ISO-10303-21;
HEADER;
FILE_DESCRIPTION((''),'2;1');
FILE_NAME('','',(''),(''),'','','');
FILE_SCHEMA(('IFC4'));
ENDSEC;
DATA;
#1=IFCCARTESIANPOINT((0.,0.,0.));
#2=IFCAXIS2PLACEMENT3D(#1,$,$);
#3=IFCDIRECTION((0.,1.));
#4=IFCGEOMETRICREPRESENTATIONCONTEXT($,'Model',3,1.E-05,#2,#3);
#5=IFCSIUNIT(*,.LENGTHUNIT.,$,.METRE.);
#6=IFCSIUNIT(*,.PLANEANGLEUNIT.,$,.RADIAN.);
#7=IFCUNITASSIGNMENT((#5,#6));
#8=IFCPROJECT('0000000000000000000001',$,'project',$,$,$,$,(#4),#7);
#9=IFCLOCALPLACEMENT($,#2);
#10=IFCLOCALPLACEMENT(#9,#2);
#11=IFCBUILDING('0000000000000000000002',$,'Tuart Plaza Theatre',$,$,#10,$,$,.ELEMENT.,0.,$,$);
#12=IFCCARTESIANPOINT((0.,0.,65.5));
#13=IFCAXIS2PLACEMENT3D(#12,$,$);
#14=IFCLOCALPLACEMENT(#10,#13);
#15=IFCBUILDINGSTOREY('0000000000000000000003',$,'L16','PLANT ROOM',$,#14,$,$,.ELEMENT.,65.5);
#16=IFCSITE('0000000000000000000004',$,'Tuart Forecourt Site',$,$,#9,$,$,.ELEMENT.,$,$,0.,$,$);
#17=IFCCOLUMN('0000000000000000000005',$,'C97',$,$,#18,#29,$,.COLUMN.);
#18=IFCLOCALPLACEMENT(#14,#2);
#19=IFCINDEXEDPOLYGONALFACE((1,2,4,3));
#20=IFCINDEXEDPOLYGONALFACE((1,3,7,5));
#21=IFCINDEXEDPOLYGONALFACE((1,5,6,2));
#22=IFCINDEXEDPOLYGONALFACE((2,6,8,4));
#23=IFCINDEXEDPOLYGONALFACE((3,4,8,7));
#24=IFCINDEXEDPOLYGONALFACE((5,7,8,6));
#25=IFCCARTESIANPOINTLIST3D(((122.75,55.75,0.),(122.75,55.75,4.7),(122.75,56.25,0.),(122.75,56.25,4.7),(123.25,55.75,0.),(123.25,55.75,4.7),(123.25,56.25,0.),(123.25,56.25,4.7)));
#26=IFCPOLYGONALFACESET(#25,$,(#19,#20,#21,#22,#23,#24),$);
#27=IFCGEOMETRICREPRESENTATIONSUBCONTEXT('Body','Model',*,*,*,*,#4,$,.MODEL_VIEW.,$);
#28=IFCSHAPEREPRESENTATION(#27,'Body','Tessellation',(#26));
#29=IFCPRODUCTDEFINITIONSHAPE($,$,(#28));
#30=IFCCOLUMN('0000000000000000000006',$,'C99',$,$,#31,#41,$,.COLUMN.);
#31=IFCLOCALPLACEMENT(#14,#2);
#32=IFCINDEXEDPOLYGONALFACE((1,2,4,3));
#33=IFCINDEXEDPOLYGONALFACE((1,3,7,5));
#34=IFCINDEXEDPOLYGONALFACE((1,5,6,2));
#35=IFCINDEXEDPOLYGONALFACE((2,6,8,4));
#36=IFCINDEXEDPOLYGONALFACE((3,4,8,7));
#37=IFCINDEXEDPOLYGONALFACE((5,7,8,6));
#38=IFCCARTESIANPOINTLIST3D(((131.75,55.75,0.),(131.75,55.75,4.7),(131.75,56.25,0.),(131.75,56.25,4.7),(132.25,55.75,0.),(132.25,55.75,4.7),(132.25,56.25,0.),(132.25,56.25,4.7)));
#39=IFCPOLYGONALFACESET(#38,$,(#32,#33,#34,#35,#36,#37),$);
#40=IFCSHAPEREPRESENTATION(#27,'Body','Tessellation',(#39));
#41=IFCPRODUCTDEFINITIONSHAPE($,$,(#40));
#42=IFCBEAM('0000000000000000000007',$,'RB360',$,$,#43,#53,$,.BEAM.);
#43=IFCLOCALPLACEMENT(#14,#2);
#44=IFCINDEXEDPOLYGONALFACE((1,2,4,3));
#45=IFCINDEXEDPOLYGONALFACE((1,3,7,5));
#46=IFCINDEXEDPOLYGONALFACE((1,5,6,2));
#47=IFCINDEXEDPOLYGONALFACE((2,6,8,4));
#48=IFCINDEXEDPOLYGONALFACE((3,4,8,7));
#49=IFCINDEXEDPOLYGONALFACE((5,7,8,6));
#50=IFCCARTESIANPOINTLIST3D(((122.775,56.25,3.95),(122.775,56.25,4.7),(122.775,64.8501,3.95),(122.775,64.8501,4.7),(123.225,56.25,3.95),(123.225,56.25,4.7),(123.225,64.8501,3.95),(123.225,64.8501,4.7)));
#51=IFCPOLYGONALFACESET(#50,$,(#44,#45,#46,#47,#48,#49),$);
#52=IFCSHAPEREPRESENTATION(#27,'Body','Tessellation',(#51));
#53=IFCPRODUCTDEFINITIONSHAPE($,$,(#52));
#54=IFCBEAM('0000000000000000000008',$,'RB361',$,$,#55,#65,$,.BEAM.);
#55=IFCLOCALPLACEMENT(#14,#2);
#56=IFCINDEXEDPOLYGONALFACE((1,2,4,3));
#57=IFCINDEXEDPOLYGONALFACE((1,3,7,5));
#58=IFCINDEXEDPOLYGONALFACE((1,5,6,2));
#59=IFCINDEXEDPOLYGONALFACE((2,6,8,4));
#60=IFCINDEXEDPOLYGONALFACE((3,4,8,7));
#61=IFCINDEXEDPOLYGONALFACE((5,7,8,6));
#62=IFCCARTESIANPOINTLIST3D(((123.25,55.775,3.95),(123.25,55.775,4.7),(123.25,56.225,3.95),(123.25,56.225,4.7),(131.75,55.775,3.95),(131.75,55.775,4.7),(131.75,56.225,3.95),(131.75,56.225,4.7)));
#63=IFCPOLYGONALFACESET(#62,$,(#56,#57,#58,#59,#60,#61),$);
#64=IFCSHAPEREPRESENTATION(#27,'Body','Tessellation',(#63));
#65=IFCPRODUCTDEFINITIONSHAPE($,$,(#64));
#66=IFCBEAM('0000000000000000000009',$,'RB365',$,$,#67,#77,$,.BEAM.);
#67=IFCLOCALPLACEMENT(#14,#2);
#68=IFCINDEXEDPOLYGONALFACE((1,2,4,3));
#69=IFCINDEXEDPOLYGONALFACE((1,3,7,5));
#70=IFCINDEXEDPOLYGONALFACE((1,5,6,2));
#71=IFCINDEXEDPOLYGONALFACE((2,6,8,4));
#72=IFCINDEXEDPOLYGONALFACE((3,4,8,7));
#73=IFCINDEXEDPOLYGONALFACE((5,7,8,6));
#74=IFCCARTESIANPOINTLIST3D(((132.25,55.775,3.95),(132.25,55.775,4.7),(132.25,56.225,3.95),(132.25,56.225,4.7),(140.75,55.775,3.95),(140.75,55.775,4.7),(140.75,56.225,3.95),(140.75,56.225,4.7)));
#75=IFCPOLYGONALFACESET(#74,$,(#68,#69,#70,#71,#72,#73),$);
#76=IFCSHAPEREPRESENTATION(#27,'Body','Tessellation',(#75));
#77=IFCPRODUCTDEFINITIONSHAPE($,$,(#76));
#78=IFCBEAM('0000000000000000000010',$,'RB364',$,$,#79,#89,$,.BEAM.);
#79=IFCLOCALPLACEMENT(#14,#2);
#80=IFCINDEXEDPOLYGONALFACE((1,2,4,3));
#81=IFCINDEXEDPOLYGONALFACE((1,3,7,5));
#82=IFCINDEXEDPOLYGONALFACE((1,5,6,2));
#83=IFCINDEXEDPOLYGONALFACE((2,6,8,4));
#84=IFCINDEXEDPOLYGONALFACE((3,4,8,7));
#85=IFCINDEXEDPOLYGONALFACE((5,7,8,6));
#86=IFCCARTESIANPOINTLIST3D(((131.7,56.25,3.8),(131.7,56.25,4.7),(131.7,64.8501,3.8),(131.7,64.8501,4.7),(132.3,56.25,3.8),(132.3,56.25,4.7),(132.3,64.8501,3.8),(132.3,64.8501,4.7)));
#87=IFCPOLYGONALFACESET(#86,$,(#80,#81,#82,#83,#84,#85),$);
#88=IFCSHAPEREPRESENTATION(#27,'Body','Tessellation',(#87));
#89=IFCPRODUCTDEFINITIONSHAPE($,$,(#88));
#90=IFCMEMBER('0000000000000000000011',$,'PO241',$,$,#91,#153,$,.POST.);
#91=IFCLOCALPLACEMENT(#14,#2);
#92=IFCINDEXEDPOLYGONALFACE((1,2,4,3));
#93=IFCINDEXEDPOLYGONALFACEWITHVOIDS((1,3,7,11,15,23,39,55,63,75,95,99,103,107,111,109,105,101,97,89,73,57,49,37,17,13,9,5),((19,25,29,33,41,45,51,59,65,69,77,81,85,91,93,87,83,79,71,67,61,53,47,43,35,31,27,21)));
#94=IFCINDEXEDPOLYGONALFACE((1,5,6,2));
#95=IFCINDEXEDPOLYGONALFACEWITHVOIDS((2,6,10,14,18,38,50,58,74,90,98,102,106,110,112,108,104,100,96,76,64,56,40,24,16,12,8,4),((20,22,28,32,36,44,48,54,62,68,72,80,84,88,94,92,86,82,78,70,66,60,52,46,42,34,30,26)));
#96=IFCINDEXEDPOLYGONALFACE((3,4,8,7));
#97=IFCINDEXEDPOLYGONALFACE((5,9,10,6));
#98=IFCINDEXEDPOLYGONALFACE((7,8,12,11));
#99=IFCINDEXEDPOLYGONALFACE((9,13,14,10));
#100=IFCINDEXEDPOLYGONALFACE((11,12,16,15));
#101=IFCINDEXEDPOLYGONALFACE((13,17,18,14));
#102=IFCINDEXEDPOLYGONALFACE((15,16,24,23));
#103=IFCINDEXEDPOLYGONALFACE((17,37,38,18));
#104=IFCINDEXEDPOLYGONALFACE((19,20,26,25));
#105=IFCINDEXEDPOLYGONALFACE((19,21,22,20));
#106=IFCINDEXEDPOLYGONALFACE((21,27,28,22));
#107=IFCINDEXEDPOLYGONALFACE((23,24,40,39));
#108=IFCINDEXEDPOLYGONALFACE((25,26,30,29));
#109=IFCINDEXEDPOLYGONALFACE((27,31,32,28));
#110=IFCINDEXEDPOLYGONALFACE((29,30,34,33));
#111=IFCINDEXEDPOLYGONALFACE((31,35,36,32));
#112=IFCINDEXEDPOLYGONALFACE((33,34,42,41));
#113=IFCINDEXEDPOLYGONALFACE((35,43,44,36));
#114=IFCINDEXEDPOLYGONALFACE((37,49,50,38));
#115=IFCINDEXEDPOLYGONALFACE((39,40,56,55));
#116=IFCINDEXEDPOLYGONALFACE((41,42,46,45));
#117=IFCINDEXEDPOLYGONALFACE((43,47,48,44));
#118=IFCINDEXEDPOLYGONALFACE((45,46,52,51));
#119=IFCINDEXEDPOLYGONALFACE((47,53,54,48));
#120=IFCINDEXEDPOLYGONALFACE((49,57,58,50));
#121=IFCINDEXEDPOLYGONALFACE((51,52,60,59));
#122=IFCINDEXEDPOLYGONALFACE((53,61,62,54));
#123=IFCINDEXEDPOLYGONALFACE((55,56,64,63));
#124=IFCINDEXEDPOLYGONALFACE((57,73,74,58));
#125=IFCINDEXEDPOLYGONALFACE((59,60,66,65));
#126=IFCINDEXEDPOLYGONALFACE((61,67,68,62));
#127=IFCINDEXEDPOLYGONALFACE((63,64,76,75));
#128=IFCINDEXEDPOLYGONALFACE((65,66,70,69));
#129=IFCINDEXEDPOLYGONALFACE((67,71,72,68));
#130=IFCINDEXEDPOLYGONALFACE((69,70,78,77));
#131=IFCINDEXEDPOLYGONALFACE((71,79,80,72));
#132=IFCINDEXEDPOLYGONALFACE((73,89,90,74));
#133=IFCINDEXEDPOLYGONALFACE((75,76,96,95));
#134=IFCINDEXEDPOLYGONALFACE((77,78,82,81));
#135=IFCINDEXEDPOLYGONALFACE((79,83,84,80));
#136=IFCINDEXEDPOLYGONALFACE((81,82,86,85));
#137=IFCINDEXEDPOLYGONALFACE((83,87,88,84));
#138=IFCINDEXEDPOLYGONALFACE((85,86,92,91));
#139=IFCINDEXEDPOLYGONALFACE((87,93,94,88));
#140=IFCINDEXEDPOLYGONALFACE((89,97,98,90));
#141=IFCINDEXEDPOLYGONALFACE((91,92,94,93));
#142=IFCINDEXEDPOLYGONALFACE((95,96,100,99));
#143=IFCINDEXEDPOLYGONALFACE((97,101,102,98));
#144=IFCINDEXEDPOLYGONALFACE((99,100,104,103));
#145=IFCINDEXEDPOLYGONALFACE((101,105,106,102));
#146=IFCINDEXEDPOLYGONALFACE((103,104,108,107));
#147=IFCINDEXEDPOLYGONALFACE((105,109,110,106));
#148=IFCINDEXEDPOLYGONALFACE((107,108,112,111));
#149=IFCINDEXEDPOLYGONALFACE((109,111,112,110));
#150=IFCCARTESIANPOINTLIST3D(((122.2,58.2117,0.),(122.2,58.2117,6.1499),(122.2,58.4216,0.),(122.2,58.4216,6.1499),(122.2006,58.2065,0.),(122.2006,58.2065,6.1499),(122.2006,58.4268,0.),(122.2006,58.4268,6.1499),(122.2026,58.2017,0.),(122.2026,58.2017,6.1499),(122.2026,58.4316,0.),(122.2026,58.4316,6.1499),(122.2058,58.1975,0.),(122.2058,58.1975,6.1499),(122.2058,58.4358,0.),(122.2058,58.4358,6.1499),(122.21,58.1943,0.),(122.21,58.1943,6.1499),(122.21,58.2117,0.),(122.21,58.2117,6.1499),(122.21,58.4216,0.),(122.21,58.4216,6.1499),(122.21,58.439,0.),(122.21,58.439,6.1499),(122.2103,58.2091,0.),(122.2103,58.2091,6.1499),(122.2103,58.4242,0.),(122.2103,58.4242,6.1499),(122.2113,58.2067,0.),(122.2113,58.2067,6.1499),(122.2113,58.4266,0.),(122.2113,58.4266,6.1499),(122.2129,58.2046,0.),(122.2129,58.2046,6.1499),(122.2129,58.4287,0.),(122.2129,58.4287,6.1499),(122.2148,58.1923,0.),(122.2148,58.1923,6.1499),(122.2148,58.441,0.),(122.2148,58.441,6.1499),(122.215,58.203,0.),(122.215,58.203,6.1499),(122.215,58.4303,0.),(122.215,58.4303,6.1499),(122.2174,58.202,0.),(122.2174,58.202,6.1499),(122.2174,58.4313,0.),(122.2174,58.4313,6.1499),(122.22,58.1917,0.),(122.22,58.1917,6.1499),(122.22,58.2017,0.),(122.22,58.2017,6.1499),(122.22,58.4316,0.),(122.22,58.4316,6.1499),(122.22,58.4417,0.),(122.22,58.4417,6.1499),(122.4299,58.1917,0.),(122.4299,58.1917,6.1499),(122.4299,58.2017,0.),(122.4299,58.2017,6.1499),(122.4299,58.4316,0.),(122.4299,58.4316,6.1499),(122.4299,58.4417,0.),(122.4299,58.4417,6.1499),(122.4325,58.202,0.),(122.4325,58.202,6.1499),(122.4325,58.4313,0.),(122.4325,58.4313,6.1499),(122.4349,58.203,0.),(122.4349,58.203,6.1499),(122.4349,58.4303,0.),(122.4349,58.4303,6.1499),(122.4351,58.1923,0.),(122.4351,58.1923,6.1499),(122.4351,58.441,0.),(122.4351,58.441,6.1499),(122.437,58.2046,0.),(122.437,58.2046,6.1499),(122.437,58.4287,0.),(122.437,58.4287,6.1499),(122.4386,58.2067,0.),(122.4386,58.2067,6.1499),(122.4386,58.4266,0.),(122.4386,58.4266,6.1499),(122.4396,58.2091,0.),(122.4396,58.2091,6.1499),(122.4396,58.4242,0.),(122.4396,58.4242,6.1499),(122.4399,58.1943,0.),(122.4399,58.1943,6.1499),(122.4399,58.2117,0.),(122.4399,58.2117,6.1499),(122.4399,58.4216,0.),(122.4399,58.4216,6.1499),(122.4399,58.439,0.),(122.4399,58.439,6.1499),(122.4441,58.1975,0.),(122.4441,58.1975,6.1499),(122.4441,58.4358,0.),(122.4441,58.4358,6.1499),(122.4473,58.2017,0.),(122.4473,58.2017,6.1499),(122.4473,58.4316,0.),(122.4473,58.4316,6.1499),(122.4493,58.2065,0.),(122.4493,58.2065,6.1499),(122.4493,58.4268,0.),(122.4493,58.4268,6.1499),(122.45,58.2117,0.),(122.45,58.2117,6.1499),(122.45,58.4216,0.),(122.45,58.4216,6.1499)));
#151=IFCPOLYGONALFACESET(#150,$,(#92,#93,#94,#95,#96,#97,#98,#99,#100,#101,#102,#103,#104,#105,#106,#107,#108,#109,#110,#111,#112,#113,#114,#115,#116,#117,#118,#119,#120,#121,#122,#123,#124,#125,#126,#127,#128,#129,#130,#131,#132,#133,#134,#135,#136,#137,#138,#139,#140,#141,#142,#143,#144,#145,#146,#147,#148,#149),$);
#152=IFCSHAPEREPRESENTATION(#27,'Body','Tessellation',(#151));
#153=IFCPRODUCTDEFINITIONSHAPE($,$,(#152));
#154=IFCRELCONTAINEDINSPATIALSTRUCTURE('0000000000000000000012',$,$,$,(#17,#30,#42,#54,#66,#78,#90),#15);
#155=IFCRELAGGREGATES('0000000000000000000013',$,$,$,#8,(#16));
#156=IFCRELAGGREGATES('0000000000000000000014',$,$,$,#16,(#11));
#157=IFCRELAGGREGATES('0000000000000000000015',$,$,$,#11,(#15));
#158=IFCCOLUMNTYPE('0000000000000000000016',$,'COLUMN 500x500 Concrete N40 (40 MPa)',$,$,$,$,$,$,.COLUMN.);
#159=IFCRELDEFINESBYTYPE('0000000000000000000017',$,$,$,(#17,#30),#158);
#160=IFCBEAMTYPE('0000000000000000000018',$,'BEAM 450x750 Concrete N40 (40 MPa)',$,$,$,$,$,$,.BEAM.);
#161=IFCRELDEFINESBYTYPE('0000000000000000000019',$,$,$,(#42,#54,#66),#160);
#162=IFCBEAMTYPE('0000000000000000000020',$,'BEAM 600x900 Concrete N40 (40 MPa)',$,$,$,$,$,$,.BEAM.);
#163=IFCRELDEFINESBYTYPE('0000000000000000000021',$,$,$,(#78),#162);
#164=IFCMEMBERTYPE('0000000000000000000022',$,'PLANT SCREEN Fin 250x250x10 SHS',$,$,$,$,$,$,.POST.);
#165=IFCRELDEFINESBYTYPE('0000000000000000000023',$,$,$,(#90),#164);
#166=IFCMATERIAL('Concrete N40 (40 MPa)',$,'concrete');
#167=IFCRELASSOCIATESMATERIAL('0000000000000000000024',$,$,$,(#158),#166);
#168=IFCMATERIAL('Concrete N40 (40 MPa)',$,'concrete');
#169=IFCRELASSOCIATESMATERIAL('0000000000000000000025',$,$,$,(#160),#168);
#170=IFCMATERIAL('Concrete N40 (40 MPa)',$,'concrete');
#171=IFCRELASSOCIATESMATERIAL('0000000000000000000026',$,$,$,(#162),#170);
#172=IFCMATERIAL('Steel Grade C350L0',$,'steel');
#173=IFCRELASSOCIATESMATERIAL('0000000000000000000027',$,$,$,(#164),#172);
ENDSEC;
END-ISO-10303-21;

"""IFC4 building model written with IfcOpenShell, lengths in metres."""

from ifc_helpers import new_model, si_unit, direction, frame, origin, origin_2d, place, context, subcontext, project, spatial, rectangle, hollow_rectangle, extrude, material, material_profile, profile_set, type_object, element, save


model = new_model("IFC4")

# Units and contexts
model_context = context("Model", 3, precision=1e-05, world=origin(), true_north=direction((0.0, 1.0)))
body_context = subcontext(model_context, "Body", "Model", "MODEL_VIEW")
ifc_project = project(units=[si_unit("LENGTHUNIT", "METRE"), si_unit("PLANEANGLEUNIT", "RADIAN")], contexts=[model_context])

# Site, building, storey
site_placement = place(None, origin())
site = spatial("IfcSite", under=ifc_project, at=site_placement, Name="Tuart Forecourt Site", CompositionType="ELEMENT", RefElevation=0.0)
building_placement = place(site_placement, origin())
building = spatial("IfcBuilding", under=site, at=building_placement, Name="Tuart Plaza Theatre", CompositionType="ELEMENT", ElevationOfRefHeight=0.0)
storey_placement = place(building_placement, frame((0.0, 0.0, 65.5)))
storey = spatial("IfcBuildingStorey", under=building, at=storey_placement, Name="L16", Description="PLANT ROOM", CompositionType="ELEMENT", Elevation=65.5)

# Columns
ifc_material_1 = material(Name="Concrete N40 (40 MPa)", Category="concrete")
ifc_material_profile_1 = material_profile(ifc_material_1, rectangle(XDim=0.5, YDim=0.5, at=origin_2d()), Name="COLUMN 500x500 Concrete N40 (40 MPa)")
ifc_profile_set_1 = profile_set([ifc_material_profile_1], Name="Concrete N40 (40 MPa)")
column_type = type_object("IfcColumnType", Name="COLUMN 500x500 Concrete N40 (40 MPa)", PredefinedType="COLUMN", material=ifc_profile_set_1)
for number, where, z_axis, x_axis, name in (
    (1, (123.0, 56.0, 0.0), (0.0, 0.0, 1.0), (1.0, 0.0, 0.0), "C97"),
    (2, (132.0, 56.0, 0.0), (0.0, 0.0, 1.0), (1.0, 0.0, 0.0), "C99"),
):
    element("IfcColumn", number, at=place(storey_placement, frame(where, z_axis=z_axis, x_axis=x_axis)), inside=storey, type_object=column_type, Name=name, PredefinedType="COLUMN", context=body_context, shape_type="SweptSolid", body=[
        extrude(rectangle(XDim=0.5, YDim=0.5, at=origin_2d()), origin(), (0.0, 0.0, 1.0), 4.7),
    ])

# Beams
ifc_material_2 = material(Name="Concrete N40 (40 MPa)", Category="concrete")
ifc_material_profile_2 = material_profile(ifc_material_2, rectangle(XDim=0.45, YDim=0.75, at=origin_2d()), Name="BEAM 450x750 Concrete N40 (40 MPa)")
ifc_profile_set_2 = profile_set([ifc_material_profile_2], Name="Concrete N40 (40 MPa)")
beam_type_1 = type_object("IfcBeamType", Name="BEAM 450x750 Concrete N40 (40 MPa)", PredefinedType="BEAM", material=ifc_profile_set_2)
beam_1_placement = place(storey_placement, frame((123.0, 56.25, 4.325), z_axis=(0.0, 1.0, 0.0), x_axis=(-1.0, 0.0, 0.0)))
element("IfcBeam", 3, at=beam_1_placement, inside=storey, type_object=beam_type_1, Name="RB360", PredefinedType="BEAM", context=body_context, shape_type="SweptSolid", body=[
    extrude(rectangle(XDim=0.45, YDim=0.75, at=origin_2d()), origin(), (0.0, 0.0, 1.0), 8.6001),
])
for number, where, z_axis, x_axis, name in (
    (4, (123.25, 56.0, 4.325), (1.0, 0.0, 0.0), (0.0, 1.0, 0.0), "RB361"),
    (5, (132.25, 56.0, 4.325), (1.0, 0.0, 0.0), (0.0, 1.0, 0.0), "RB365"),
):
    element("IfcBeam", number, at=place(storey_placement, frame(where, z_axis=z_axis, x_axis=x_axis)), inside=storey, type_object=beam_type_1, Name=name, PredefinedType="BEAM", context=body_context, shape_type="SweptSolid", body=[
        extrude(rectangle(XDim=0.45, YDim=0.75, at=origin_2d()), origin(), (0.0, 0.0, 1.0), 8.5),
    ])
ifc_material_3 = material(Name="Concrete N40 (40 MPa)", Category="concrete")
ifc_material_profile_3 = material_profile(ifc_material_3, rectangle(XDim=0.6001, YDim=0.8999, at=origin_2d()), Name="BEAM 600x900 Concrete N40 (40 MPa)")
ifc_profile_set_3 = profile_set([ifc_material_profile_3], Name="Concrete N40 (40 MPa)")
beam_type_2 = type_object("IfcBeamType", Name="BEAM 600x900 Concrete N40 (40 MPa)", PredefinedType="BEAM", material=ifc_profile_set_3)
beam_2_placement = place(storey_placement, frame((132.0, 56.25, 4.25), z_axis=(0.0, 1.0, 0.0), x_axis=(-1.0, 0.0, 0.0)))
element("IfcBeam", 6, at=beam_2_placement, inside=storey, type_object=beam_type_2, Name="RB364", PredefinedType="BEAM", context=body_context, shape_type="SweptSolid", body=[
    extrude(rectangle(XDim=0.6001, YDim=0.8999, at=origin_2d()), origin(), (0.0, 0.0, 1.0), 8.6001),
])

# Member
ifc_material_4 = material(Name="Steel Grade C350L0", Category="steel")
ifc_material_profile_4 = material_profile(ifc_material_4, hollow_rectangle(XDim=0.25, YDim=0.25, WallThickness=0.01, InnerFilletRadius=0.01, OuterFilletRadius=0.02, at=origin_2d()), Name="250x250x10 SHS")
ifc_profile_set_4 = profile_set([ifc_material_profile_4], Name="Steel Grade C350L0")
member_type = type_object("IfcMemberType", Name="PLANT SCREEN Fin 250x250x10 SHS", PredefinedType="POST", material=ifc_profile_set_4)
for number, where, z_axis, x_axis, name in (
    (7, (122.325, 58.3167, 0.0), (0.0, 0.0, 1.0), (1.0, 0.0, 0.0), "PO241"),
):
    element("IfcMember", number, at=place(storey_placement, frame(where, z_axis=z_axis, x_axis=x_axis)), inside=storey, type_object=member_type, Name=name, PredefinedType="POST", context=body_context, shape_type="SweptSolid", body=[
        extrude(hollow_rectangle(XDim=0.25, YDim=0.25, WallThickness=0.01, InnerFilletRadius=0.01, OuterFilletRadius=0.02, at=origin_2d()), origin(), (0.0, 0.0, 1.0), 6.1499),
    ])

save(model, "model.ifc")
